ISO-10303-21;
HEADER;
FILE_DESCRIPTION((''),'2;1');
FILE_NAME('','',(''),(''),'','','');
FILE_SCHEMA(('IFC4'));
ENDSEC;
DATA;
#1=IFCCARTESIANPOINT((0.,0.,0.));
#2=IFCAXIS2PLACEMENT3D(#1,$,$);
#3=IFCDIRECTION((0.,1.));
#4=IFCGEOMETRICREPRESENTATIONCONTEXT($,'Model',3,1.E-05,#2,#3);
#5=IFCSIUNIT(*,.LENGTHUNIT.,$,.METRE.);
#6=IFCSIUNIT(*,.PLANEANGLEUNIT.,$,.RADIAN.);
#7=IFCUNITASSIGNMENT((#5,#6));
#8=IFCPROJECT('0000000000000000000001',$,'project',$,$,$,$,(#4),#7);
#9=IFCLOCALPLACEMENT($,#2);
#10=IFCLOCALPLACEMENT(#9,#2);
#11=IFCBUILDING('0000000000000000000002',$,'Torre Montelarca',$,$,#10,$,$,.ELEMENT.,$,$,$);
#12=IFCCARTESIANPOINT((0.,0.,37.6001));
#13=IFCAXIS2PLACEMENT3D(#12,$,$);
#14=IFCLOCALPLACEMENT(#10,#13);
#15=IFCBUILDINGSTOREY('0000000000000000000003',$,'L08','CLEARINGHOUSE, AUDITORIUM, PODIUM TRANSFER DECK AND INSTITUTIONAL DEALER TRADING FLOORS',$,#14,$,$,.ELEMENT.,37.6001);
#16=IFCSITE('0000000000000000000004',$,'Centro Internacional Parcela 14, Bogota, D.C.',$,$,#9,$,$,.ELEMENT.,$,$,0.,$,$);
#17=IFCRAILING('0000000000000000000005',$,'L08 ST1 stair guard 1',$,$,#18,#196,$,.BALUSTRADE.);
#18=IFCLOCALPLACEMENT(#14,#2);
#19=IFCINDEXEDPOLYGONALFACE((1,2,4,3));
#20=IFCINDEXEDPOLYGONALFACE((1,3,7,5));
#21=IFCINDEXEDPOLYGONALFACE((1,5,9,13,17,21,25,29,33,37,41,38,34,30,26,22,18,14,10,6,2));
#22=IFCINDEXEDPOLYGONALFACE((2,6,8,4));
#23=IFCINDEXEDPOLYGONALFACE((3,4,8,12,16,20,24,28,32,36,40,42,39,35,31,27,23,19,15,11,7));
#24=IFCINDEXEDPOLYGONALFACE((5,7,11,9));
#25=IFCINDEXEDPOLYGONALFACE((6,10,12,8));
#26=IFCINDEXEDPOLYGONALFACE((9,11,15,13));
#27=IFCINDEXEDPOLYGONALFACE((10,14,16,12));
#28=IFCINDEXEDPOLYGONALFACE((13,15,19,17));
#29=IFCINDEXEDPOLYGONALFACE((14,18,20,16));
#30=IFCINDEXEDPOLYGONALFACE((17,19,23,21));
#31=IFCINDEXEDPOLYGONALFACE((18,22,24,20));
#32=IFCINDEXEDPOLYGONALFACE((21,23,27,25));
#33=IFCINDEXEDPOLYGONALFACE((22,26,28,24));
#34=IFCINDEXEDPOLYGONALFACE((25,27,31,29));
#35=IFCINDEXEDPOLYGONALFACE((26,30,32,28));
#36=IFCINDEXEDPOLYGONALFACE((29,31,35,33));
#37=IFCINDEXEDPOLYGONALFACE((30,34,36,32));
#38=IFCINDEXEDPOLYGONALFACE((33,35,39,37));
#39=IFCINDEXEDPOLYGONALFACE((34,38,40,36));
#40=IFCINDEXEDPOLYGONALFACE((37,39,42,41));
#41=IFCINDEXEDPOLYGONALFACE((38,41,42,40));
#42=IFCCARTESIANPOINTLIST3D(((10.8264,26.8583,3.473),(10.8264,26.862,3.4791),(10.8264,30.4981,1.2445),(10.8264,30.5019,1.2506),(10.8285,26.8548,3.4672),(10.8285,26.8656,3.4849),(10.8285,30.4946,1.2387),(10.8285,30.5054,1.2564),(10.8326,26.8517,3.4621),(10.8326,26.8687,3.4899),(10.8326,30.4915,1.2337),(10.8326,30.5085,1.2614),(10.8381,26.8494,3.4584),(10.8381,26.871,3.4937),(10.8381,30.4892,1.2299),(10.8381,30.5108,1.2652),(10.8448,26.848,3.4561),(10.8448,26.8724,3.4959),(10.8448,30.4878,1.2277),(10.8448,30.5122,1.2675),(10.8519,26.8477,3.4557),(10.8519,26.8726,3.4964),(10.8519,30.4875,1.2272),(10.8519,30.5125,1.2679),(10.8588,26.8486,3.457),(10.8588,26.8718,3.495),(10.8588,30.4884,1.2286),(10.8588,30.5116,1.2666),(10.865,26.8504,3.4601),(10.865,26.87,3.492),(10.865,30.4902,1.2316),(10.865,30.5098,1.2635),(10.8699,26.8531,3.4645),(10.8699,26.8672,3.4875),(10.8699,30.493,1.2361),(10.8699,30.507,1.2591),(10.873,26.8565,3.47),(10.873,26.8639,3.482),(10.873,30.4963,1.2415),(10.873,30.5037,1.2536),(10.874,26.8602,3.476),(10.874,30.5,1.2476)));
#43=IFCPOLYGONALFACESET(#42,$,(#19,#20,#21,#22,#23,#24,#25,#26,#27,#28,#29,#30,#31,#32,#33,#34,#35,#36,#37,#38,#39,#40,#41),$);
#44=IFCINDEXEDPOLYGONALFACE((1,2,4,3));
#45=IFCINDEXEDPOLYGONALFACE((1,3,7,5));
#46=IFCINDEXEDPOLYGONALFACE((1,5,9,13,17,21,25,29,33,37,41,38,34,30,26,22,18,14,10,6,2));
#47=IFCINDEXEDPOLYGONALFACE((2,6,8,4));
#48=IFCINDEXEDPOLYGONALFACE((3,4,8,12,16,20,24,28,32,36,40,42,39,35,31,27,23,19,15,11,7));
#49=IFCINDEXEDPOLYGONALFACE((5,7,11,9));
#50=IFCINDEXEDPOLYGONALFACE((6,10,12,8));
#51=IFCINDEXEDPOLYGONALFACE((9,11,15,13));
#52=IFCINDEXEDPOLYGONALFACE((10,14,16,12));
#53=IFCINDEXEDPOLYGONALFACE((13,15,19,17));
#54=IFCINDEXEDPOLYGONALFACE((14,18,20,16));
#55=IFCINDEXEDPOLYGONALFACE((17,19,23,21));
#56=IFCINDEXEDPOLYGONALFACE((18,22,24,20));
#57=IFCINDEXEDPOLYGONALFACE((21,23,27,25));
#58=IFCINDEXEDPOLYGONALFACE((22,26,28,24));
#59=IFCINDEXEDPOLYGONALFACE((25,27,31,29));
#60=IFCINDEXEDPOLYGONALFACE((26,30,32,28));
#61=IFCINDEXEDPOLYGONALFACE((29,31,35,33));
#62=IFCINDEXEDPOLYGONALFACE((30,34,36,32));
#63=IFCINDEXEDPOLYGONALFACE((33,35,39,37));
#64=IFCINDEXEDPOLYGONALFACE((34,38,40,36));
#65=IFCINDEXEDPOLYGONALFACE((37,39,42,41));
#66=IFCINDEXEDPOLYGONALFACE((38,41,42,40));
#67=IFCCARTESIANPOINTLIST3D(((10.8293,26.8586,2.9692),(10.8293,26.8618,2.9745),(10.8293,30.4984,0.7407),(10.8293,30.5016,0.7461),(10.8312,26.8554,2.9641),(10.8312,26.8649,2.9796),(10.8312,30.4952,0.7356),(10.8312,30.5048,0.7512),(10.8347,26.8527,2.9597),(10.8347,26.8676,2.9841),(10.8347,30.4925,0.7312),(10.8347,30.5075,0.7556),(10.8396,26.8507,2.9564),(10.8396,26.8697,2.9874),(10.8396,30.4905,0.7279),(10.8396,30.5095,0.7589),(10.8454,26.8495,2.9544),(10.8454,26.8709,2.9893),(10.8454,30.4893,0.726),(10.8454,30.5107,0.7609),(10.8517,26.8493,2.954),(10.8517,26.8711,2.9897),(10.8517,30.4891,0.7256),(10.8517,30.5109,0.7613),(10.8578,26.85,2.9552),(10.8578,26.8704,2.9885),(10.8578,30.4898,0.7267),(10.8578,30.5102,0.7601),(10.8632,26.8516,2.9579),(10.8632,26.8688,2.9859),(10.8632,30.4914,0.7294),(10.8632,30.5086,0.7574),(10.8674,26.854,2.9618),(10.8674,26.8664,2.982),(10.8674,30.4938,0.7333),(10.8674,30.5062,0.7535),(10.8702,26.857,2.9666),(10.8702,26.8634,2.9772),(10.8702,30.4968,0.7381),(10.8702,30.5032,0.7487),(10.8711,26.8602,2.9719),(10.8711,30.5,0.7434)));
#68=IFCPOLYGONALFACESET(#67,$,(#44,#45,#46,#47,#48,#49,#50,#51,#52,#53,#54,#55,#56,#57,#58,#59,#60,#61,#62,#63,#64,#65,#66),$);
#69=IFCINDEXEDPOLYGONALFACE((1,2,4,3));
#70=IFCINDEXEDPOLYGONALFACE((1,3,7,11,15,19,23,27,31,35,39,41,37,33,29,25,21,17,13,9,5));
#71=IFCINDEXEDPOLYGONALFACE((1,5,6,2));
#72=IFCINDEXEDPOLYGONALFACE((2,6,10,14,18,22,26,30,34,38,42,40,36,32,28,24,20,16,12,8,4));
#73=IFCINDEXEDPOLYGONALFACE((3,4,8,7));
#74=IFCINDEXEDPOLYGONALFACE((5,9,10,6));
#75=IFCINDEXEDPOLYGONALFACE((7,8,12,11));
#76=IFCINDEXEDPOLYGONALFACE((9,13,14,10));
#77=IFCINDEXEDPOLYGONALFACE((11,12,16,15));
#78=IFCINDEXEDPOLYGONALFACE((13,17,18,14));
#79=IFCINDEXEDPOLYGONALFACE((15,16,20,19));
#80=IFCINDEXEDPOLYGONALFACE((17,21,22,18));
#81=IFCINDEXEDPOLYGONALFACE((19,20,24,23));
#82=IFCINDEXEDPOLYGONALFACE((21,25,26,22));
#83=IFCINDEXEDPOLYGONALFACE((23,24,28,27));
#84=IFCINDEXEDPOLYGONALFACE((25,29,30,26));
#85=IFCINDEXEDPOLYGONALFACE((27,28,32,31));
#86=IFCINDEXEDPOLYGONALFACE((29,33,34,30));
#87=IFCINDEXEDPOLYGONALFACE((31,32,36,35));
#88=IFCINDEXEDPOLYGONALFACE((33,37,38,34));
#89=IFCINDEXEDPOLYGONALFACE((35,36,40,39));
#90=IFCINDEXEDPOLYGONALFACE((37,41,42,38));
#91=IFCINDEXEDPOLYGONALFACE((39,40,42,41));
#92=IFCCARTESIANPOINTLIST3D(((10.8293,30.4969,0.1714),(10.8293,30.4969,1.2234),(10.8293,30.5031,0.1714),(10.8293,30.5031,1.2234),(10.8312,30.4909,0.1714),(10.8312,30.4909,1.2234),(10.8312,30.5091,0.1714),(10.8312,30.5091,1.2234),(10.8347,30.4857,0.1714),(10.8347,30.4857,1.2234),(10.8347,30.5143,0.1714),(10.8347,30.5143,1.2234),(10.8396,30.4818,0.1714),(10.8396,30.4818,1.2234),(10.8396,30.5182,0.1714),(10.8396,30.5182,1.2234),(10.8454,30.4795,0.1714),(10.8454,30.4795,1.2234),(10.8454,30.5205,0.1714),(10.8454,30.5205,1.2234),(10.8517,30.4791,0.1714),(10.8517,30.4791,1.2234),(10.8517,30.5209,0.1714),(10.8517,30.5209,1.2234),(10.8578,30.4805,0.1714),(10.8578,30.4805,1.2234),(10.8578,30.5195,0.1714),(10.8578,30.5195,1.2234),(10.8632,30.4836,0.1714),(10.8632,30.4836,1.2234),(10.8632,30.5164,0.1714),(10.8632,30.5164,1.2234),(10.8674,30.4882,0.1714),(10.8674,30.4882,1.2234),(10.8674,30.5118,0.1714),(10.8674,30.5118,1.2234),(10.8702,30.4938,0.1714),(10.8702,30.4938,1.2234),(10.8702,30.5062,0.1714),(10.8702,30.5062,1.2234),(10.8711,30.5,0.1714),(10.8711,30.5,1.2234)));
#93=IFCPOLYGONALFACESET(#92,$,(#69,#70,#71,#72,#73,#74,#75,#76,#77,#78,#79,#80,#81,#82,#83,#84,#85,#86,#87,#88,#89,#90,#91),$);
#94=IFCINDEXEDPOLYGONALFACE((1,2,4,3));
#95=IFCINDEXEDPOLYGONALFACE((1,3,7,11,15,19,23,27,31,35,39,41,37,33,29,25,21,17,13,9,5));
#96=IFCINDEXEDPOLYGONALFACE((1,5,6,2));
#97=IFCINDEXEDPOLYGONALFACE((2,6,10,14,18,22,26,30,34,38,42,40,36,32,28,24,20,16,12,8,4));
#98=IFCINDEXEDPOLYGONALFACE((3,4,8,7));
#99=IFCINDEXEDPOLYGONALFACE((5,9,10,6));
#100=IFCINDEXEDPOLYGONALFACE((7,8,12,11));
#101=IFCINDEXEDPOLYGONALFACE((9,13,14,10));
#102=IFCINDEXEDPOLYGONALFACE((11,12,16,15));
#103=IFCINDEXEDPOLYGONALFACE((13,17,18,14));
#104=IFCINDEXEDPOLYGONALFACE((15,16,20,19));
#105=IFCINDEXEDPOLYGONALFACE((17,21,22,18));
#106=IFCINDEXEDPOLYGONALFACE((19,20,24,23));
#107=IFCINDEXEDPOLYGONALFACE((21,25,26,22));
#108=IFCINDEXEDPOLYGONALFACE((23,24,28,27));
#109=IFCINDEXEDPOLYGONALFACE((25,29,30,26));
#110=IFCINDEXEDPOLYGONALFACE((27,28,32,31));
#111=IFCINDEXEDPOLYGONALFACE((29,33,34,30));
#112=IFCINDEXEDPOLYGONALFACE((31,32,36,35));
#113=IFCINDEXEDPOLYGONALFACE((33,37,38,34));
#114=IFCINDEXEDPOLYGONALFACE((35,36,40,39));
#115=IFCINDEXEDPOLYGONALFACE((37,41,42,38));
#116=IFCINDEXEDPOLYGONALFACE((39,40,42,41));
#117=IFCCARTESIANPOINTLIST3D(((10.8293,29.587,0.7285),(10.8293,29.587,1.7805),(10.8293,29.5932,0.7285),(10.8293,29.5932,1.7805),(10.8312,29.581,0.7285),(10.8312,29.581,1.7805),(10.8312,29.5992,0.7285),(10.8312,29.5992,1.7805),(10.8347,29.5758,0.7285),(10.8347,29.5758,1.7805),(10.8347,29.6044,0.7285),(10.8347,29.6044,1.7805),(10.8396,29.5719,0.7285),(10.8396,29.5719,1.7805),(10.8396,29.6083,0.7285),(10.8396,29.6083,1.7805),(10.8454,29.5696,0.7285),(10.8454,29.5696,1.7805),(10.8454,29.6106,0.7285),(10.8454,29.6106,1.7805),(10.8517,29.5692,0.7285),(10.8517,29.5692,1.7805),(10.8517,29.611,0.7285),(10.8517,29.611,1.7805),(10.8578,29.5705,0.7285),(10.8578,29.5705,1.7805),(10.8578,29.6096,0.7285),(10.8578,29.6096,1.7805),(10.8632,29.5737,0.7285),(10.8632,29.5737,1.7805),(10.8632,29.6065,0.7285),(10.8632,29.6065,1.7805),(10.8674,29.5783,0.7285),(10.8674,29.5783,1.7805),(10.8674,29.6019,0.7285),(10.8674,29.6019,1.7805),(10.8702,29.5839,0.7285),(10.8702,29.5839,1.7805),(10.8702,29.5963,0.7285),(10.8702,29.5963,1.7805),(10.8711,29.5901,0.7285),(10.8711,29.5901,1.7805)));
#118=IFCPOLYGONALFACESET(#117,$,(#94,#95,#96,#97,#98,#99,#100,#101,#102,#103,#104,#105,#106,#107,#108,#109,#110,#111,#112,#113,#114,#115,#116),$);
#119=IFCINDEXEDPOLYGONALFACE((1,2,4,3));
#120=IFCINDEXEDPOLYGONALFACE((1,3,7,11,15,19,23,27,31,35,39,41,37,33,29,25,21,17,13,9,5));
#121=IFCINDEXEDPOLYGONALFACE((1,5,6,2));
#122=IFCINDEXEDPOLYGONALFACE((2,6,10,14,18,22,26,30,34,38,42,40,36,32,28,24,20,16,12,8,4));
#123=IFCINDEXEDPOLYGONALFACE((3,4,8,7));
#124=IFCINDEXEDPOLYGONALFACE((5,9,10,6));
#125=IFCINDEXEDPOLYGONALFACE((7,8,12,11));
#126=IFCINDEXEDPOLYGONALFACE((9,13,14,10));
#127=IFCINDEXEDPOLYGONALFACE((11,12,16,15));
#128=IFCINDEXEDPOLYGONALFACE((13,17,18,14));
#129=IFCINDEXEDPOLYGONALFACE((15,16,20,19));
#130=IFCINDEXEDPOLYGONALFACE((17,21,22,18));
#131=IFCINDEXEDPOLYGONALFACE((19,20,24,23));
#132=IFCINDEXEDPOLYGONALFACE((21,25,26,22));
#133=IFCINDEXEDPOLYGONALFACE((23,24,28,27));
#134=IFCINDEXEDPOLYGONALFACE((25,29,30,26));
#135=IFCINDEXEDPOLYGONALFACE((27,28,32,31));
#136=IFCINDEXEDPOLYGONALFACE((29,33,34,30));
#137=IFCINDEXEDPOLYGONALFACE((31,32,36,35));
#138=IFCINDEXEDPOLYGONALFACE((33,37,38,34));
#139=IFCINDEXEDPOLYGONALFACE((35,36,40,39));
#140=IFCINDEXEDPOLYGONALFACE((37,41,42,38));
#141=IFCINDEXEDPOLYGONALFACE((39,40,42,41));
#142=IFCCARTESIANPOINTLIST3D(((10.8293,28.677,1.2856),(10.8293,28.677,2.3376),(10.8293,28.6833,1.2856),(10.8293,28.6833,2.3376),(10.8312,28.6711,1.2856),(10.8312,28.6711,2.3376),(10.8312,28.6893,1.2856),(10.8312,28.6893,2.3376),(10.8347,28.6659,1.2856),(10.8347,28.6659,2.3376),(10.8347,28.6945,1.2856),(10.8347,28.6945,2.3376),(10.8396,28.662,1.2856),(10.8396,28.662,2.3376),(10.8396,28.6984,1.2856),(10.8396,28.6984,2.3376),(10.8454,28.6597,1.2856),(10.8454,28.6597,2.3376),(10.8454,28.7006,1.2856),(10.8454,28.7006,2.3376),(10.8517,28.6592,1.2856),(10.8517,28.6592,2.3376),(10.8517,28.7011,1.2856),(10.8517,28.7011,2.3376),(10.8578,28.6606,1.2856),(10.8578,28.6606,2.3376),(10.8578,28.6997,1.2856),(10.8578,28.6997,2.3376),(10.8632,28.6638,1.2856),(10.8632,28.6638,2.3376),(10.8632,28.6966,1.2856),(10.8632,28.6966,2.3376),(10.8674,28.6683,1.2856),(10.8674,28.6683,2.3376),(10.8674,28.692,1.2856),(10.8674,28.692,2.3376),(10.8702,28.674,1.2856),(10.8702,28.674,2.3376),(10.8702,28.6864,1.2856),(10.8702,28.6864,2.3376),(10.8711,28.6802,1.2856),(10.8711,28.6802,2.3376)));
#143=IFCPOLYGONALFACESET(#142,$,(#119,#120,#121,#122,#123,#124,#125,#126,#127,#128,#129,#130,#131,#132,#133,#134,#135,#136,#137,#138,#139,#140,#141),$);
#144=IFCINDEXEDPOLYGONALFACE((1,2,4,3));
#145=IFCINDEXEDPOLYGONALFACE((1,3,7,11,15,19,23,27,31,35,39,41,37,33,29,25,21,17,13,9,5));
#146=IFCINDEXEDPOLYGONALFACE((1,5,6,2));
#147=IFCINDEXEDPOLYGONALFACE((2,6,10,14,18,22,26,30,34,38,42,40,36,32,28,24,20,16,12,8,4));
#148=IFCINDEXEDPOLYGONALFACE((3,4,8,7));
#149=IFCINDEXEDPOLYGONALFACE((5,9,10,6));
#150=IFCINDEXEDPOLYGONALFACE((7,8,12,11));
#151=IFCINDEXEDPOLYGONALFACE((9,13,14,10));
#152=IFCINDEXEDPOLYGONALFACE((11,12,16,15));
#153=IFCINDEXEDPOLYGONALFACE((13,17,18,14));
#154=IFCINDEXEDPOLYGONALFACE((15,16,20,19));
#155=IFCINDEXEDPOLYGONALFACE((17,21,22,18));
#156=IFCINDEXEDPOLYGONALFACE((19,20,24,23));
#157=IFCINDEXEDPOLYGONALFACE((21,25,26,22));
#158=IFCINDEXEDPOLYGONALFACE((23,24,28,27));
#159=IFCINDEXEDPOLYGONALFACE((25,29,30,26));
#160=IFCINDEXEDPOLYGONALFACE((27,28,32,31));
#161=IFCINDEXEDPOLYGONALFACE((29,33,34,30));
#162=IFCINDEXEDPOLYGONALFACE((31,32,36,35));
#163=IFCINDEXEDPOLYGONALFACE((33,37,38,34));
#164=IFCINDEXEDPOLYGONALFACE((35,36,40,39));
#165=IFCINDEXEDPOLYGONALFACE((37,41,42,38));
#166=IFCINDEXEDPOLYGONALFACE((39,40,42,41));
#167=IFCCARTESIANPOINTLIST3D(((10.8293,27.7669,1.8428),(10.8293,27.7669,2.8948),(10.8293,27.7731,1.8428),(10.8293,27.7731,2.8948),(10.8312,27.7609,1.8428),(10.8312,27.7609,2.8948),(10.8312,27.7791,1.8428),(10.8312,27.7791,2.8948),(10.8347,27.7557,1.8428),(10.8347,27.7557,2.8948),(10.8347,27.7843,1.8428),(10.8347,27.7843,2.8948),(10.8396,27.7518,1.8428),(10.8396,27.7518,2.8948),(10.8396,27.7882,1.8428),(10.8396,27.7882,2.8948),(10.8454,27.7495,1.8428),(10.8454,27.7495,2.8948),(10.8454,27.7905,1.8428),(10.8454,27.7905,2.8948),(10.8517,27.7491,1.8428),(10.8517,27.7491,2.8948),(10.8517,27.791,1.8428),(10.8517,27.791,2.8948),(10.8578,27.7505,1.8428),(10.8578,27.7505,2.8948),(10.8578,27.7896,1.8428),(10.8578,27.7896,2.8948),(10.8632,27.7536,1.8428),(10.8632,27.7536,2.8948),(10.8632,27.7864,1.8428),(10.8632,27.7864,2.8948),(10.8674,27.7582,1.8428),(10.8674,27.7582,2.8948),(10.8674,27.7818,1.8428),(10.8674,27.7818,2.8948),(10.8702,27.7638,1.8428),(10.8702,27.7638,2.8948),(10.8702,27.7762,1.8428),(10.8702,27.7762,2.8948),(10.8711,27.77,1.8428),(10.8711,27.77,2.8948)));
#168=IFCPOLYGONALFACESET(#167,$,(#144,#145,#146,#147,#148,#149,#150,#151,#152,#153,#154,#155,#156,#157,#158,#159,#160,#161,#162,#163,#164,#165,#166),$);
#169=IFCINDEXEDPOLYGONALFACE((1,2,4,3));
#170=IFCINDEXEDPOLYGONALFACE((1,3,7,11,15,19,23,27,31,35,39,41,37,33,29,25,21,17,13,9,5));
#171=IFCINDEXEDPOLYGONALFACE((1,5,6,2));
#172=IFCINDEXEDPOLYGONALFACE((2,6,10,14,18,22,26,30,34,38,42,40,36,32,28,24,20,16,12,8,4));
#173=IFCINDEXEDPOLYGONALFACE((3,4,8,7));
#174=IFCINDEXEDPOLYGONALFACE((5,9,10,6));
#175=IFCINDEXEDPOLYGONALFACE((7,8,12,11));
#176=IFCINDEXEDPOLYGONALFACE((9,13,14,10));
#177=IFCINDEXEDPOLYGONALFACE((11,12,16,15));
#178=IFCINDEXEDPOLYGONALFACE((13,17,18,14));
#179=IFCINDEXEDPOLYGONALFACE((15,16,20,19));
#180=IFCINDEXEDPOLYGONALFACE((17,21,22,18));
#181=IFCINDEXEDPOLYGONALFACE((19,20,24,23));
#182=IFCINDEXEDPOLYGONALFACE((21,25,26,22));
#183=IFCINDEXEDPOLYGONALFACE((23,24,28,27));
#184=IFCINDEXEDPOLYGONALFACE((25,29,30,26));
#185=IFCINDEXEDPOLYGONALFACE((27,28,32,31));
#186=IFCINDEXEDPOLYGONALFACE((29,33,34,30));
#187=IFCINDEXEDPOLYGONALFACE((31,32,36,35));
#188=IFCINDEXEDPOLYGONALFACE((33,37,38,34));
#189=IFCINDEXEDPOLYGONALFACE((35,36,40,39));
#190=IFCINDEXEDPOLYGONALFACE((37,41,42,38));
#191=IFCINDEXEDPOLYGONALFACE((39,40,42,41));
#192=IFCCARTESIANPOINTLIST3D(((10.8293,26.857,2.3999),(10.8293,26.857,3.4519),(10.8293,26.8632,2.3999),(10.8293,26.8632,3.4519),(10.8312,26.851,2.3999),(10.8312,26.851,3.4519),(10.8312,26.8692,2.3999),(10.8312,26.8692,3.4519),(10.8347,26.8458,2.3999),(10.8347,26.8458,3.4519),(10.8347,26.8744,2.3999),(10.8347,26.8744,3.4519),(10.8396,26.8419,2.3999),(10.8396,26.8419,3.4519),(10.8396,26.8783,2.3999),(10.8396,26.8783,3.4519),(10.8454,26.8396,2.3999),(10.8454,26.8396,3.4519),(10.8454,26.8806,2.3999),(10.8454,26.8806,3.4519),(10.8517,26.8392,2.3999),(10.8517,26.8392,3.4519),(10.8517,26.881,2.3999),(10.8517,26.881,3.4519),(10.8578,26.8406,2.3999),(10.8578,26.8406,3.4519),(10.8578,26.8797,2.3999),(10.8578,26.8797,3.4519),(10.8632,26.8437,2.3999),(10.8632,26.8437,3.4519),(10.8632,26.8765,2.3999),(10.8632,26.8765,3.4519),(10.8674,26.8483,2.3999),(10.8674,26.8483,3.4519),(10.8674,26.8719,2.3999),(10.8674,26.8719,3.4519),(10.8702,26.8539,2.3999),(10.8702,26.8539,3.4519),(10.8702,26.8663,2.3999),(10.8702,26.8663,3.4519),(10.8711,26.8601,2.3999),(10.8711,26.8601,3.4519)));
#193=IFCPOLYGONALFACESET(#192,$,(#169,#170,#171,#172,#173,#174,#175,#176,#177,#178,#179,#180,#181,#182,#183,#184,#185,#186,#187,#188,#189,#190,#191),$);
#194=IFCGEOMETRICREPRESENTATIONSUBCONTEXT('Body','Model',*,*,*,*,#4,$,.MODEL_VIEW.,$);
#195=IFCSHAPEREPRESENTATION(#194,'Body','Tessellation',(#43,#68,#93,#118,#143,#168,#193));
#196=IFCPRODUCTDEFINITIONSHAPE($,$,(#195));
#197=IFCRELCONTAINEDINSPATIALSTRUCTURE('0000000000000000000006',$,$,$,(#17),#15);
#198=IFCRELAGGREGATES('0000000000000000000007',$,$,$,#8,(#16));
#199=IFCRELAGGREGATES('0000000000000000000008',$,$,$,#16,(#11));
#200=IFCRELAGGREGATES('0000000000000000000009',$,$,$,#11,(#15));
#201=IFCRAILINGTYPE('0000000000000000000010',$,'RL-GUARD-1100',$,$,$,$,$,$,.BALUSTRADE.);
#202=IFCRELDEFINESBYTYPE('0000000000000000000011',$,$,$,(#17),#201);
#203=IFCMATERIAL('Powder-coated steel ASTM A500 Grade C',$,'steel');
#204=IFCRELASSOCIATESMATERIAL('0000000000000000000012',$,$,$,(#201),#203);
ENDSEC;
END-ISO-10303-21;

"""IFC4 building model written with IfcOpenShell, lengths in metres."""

from ifc_helpers import new_model, si_unit, direction, frame, origin, origin_2d, place, context, subcontext, project, spatial, circle, extrude, material, type_object, element, save


model = new_model("IFC4")

# Units and contexts
model_context = context("Model", 3, precision=1e-05, world=origin(), true_north=direction((0.0, 1.0)))
body_context = subcontext(model_context, "Body", "Model", "MODEL_VIEW")
ifc_project = project(units=[si_unit("LENGTHUNIT", "METRE"), si_unit("PLANEANGLEUNIT", "RADIAN")], contexts=[model_context])

# Site, building, storey
site_placement = place(None, origin())
site = spatial("IfcSite", under=ifc_project, at=site_placement, Name="Centro Internacional Parcela 14, Bogota, D.C.", CompositionType="ELEMENT", RefElevation=0.0)
building_placement = place(site_placement, origin())
building = spatial("IfcBuilding", under=site, at=building_placement, Name="Torre Montelarca", CompositionType="ELEMENT")
storey_placement = place(building_placement, frame((0.0, 0.0, 37.6001)))
storey = spatial("IfcBuildingStorey", under=building, at=storey_placement, Name="L08", Description="CLEARINGHOUSE, AUDITORIUM, PODIUM TRANSFER DECK AND INSTITUTIONAL DEALER TRADING FLOORS", CompositionType="ELEMENT", Elevation=37.6001)

# Railing
ifc_material_1 = material(Name="Powder-coated steel ASTM A500 Grade C", Category="steel")
railing_type_1 = type_object("IfcRailingType", Name="RL-GUARD-1100", PredefinedType="BALUSTRADE", material=ifc_material_1)
railing_1_placement = place(storey_placement, frame((10.8501, 30.5, 0.1714)))
element("IfcRailing", 1, at=railing_1_placement, inside=storey, type_object=railing_type_1, Name="L08 ST1 stair guard 1", PredefinedType="BALUSTRADE", context=body_context, shape_type="SweptSolid", body=[
    extrude(circle(Radius=0.0239, at=origin_2d()), frame((0.0, 0.0, 1.0762), z_axis=(0.0, -0.85285, 0.522156), x_axis=(1.0, 0.0, 0.0)), (0.0, 0.0, 1.0), 4.2678),
    extrude(circle(Radius=0.021, at=origin_2d()), frame((0.0, 0.0, 0.572), z_axis=(0.0, -0.85285, 0.522156), x_axis=(1.0, 0.0, 0.0)), (0.0, 0.0, 1.0), 4.2678),
    extrude(circle(Radius=0.021, at=origin_2d()), origin(), (0.0, 0.0, 1.0), 1.052),
    extrude(circle(Radius=0.021, at=origin_2d()), frame((0.0, -0.9099, 0.5571)), (0.0, 0.0, 1.0), 1.052),
    extrude(circle(Radius=0.021, at=origin_2d()), frame((0.0, -1.8198, 1.1143)), (0.0, 0.0, 1.0), 1.052),
    extrude(circle(Radius=0.021, at=origin_2d()), frame((0.0, -2.73, 1.6714)), (0.0, 0.0, 1.0), 1.052),
    extrude(circle(Radius=0.021, at=origin_2d()), frame((0.0, -3.6399, 2.2285)), (0.0, 0.0, 1.0), 1.052),
])

save(model, "model.ifc")
